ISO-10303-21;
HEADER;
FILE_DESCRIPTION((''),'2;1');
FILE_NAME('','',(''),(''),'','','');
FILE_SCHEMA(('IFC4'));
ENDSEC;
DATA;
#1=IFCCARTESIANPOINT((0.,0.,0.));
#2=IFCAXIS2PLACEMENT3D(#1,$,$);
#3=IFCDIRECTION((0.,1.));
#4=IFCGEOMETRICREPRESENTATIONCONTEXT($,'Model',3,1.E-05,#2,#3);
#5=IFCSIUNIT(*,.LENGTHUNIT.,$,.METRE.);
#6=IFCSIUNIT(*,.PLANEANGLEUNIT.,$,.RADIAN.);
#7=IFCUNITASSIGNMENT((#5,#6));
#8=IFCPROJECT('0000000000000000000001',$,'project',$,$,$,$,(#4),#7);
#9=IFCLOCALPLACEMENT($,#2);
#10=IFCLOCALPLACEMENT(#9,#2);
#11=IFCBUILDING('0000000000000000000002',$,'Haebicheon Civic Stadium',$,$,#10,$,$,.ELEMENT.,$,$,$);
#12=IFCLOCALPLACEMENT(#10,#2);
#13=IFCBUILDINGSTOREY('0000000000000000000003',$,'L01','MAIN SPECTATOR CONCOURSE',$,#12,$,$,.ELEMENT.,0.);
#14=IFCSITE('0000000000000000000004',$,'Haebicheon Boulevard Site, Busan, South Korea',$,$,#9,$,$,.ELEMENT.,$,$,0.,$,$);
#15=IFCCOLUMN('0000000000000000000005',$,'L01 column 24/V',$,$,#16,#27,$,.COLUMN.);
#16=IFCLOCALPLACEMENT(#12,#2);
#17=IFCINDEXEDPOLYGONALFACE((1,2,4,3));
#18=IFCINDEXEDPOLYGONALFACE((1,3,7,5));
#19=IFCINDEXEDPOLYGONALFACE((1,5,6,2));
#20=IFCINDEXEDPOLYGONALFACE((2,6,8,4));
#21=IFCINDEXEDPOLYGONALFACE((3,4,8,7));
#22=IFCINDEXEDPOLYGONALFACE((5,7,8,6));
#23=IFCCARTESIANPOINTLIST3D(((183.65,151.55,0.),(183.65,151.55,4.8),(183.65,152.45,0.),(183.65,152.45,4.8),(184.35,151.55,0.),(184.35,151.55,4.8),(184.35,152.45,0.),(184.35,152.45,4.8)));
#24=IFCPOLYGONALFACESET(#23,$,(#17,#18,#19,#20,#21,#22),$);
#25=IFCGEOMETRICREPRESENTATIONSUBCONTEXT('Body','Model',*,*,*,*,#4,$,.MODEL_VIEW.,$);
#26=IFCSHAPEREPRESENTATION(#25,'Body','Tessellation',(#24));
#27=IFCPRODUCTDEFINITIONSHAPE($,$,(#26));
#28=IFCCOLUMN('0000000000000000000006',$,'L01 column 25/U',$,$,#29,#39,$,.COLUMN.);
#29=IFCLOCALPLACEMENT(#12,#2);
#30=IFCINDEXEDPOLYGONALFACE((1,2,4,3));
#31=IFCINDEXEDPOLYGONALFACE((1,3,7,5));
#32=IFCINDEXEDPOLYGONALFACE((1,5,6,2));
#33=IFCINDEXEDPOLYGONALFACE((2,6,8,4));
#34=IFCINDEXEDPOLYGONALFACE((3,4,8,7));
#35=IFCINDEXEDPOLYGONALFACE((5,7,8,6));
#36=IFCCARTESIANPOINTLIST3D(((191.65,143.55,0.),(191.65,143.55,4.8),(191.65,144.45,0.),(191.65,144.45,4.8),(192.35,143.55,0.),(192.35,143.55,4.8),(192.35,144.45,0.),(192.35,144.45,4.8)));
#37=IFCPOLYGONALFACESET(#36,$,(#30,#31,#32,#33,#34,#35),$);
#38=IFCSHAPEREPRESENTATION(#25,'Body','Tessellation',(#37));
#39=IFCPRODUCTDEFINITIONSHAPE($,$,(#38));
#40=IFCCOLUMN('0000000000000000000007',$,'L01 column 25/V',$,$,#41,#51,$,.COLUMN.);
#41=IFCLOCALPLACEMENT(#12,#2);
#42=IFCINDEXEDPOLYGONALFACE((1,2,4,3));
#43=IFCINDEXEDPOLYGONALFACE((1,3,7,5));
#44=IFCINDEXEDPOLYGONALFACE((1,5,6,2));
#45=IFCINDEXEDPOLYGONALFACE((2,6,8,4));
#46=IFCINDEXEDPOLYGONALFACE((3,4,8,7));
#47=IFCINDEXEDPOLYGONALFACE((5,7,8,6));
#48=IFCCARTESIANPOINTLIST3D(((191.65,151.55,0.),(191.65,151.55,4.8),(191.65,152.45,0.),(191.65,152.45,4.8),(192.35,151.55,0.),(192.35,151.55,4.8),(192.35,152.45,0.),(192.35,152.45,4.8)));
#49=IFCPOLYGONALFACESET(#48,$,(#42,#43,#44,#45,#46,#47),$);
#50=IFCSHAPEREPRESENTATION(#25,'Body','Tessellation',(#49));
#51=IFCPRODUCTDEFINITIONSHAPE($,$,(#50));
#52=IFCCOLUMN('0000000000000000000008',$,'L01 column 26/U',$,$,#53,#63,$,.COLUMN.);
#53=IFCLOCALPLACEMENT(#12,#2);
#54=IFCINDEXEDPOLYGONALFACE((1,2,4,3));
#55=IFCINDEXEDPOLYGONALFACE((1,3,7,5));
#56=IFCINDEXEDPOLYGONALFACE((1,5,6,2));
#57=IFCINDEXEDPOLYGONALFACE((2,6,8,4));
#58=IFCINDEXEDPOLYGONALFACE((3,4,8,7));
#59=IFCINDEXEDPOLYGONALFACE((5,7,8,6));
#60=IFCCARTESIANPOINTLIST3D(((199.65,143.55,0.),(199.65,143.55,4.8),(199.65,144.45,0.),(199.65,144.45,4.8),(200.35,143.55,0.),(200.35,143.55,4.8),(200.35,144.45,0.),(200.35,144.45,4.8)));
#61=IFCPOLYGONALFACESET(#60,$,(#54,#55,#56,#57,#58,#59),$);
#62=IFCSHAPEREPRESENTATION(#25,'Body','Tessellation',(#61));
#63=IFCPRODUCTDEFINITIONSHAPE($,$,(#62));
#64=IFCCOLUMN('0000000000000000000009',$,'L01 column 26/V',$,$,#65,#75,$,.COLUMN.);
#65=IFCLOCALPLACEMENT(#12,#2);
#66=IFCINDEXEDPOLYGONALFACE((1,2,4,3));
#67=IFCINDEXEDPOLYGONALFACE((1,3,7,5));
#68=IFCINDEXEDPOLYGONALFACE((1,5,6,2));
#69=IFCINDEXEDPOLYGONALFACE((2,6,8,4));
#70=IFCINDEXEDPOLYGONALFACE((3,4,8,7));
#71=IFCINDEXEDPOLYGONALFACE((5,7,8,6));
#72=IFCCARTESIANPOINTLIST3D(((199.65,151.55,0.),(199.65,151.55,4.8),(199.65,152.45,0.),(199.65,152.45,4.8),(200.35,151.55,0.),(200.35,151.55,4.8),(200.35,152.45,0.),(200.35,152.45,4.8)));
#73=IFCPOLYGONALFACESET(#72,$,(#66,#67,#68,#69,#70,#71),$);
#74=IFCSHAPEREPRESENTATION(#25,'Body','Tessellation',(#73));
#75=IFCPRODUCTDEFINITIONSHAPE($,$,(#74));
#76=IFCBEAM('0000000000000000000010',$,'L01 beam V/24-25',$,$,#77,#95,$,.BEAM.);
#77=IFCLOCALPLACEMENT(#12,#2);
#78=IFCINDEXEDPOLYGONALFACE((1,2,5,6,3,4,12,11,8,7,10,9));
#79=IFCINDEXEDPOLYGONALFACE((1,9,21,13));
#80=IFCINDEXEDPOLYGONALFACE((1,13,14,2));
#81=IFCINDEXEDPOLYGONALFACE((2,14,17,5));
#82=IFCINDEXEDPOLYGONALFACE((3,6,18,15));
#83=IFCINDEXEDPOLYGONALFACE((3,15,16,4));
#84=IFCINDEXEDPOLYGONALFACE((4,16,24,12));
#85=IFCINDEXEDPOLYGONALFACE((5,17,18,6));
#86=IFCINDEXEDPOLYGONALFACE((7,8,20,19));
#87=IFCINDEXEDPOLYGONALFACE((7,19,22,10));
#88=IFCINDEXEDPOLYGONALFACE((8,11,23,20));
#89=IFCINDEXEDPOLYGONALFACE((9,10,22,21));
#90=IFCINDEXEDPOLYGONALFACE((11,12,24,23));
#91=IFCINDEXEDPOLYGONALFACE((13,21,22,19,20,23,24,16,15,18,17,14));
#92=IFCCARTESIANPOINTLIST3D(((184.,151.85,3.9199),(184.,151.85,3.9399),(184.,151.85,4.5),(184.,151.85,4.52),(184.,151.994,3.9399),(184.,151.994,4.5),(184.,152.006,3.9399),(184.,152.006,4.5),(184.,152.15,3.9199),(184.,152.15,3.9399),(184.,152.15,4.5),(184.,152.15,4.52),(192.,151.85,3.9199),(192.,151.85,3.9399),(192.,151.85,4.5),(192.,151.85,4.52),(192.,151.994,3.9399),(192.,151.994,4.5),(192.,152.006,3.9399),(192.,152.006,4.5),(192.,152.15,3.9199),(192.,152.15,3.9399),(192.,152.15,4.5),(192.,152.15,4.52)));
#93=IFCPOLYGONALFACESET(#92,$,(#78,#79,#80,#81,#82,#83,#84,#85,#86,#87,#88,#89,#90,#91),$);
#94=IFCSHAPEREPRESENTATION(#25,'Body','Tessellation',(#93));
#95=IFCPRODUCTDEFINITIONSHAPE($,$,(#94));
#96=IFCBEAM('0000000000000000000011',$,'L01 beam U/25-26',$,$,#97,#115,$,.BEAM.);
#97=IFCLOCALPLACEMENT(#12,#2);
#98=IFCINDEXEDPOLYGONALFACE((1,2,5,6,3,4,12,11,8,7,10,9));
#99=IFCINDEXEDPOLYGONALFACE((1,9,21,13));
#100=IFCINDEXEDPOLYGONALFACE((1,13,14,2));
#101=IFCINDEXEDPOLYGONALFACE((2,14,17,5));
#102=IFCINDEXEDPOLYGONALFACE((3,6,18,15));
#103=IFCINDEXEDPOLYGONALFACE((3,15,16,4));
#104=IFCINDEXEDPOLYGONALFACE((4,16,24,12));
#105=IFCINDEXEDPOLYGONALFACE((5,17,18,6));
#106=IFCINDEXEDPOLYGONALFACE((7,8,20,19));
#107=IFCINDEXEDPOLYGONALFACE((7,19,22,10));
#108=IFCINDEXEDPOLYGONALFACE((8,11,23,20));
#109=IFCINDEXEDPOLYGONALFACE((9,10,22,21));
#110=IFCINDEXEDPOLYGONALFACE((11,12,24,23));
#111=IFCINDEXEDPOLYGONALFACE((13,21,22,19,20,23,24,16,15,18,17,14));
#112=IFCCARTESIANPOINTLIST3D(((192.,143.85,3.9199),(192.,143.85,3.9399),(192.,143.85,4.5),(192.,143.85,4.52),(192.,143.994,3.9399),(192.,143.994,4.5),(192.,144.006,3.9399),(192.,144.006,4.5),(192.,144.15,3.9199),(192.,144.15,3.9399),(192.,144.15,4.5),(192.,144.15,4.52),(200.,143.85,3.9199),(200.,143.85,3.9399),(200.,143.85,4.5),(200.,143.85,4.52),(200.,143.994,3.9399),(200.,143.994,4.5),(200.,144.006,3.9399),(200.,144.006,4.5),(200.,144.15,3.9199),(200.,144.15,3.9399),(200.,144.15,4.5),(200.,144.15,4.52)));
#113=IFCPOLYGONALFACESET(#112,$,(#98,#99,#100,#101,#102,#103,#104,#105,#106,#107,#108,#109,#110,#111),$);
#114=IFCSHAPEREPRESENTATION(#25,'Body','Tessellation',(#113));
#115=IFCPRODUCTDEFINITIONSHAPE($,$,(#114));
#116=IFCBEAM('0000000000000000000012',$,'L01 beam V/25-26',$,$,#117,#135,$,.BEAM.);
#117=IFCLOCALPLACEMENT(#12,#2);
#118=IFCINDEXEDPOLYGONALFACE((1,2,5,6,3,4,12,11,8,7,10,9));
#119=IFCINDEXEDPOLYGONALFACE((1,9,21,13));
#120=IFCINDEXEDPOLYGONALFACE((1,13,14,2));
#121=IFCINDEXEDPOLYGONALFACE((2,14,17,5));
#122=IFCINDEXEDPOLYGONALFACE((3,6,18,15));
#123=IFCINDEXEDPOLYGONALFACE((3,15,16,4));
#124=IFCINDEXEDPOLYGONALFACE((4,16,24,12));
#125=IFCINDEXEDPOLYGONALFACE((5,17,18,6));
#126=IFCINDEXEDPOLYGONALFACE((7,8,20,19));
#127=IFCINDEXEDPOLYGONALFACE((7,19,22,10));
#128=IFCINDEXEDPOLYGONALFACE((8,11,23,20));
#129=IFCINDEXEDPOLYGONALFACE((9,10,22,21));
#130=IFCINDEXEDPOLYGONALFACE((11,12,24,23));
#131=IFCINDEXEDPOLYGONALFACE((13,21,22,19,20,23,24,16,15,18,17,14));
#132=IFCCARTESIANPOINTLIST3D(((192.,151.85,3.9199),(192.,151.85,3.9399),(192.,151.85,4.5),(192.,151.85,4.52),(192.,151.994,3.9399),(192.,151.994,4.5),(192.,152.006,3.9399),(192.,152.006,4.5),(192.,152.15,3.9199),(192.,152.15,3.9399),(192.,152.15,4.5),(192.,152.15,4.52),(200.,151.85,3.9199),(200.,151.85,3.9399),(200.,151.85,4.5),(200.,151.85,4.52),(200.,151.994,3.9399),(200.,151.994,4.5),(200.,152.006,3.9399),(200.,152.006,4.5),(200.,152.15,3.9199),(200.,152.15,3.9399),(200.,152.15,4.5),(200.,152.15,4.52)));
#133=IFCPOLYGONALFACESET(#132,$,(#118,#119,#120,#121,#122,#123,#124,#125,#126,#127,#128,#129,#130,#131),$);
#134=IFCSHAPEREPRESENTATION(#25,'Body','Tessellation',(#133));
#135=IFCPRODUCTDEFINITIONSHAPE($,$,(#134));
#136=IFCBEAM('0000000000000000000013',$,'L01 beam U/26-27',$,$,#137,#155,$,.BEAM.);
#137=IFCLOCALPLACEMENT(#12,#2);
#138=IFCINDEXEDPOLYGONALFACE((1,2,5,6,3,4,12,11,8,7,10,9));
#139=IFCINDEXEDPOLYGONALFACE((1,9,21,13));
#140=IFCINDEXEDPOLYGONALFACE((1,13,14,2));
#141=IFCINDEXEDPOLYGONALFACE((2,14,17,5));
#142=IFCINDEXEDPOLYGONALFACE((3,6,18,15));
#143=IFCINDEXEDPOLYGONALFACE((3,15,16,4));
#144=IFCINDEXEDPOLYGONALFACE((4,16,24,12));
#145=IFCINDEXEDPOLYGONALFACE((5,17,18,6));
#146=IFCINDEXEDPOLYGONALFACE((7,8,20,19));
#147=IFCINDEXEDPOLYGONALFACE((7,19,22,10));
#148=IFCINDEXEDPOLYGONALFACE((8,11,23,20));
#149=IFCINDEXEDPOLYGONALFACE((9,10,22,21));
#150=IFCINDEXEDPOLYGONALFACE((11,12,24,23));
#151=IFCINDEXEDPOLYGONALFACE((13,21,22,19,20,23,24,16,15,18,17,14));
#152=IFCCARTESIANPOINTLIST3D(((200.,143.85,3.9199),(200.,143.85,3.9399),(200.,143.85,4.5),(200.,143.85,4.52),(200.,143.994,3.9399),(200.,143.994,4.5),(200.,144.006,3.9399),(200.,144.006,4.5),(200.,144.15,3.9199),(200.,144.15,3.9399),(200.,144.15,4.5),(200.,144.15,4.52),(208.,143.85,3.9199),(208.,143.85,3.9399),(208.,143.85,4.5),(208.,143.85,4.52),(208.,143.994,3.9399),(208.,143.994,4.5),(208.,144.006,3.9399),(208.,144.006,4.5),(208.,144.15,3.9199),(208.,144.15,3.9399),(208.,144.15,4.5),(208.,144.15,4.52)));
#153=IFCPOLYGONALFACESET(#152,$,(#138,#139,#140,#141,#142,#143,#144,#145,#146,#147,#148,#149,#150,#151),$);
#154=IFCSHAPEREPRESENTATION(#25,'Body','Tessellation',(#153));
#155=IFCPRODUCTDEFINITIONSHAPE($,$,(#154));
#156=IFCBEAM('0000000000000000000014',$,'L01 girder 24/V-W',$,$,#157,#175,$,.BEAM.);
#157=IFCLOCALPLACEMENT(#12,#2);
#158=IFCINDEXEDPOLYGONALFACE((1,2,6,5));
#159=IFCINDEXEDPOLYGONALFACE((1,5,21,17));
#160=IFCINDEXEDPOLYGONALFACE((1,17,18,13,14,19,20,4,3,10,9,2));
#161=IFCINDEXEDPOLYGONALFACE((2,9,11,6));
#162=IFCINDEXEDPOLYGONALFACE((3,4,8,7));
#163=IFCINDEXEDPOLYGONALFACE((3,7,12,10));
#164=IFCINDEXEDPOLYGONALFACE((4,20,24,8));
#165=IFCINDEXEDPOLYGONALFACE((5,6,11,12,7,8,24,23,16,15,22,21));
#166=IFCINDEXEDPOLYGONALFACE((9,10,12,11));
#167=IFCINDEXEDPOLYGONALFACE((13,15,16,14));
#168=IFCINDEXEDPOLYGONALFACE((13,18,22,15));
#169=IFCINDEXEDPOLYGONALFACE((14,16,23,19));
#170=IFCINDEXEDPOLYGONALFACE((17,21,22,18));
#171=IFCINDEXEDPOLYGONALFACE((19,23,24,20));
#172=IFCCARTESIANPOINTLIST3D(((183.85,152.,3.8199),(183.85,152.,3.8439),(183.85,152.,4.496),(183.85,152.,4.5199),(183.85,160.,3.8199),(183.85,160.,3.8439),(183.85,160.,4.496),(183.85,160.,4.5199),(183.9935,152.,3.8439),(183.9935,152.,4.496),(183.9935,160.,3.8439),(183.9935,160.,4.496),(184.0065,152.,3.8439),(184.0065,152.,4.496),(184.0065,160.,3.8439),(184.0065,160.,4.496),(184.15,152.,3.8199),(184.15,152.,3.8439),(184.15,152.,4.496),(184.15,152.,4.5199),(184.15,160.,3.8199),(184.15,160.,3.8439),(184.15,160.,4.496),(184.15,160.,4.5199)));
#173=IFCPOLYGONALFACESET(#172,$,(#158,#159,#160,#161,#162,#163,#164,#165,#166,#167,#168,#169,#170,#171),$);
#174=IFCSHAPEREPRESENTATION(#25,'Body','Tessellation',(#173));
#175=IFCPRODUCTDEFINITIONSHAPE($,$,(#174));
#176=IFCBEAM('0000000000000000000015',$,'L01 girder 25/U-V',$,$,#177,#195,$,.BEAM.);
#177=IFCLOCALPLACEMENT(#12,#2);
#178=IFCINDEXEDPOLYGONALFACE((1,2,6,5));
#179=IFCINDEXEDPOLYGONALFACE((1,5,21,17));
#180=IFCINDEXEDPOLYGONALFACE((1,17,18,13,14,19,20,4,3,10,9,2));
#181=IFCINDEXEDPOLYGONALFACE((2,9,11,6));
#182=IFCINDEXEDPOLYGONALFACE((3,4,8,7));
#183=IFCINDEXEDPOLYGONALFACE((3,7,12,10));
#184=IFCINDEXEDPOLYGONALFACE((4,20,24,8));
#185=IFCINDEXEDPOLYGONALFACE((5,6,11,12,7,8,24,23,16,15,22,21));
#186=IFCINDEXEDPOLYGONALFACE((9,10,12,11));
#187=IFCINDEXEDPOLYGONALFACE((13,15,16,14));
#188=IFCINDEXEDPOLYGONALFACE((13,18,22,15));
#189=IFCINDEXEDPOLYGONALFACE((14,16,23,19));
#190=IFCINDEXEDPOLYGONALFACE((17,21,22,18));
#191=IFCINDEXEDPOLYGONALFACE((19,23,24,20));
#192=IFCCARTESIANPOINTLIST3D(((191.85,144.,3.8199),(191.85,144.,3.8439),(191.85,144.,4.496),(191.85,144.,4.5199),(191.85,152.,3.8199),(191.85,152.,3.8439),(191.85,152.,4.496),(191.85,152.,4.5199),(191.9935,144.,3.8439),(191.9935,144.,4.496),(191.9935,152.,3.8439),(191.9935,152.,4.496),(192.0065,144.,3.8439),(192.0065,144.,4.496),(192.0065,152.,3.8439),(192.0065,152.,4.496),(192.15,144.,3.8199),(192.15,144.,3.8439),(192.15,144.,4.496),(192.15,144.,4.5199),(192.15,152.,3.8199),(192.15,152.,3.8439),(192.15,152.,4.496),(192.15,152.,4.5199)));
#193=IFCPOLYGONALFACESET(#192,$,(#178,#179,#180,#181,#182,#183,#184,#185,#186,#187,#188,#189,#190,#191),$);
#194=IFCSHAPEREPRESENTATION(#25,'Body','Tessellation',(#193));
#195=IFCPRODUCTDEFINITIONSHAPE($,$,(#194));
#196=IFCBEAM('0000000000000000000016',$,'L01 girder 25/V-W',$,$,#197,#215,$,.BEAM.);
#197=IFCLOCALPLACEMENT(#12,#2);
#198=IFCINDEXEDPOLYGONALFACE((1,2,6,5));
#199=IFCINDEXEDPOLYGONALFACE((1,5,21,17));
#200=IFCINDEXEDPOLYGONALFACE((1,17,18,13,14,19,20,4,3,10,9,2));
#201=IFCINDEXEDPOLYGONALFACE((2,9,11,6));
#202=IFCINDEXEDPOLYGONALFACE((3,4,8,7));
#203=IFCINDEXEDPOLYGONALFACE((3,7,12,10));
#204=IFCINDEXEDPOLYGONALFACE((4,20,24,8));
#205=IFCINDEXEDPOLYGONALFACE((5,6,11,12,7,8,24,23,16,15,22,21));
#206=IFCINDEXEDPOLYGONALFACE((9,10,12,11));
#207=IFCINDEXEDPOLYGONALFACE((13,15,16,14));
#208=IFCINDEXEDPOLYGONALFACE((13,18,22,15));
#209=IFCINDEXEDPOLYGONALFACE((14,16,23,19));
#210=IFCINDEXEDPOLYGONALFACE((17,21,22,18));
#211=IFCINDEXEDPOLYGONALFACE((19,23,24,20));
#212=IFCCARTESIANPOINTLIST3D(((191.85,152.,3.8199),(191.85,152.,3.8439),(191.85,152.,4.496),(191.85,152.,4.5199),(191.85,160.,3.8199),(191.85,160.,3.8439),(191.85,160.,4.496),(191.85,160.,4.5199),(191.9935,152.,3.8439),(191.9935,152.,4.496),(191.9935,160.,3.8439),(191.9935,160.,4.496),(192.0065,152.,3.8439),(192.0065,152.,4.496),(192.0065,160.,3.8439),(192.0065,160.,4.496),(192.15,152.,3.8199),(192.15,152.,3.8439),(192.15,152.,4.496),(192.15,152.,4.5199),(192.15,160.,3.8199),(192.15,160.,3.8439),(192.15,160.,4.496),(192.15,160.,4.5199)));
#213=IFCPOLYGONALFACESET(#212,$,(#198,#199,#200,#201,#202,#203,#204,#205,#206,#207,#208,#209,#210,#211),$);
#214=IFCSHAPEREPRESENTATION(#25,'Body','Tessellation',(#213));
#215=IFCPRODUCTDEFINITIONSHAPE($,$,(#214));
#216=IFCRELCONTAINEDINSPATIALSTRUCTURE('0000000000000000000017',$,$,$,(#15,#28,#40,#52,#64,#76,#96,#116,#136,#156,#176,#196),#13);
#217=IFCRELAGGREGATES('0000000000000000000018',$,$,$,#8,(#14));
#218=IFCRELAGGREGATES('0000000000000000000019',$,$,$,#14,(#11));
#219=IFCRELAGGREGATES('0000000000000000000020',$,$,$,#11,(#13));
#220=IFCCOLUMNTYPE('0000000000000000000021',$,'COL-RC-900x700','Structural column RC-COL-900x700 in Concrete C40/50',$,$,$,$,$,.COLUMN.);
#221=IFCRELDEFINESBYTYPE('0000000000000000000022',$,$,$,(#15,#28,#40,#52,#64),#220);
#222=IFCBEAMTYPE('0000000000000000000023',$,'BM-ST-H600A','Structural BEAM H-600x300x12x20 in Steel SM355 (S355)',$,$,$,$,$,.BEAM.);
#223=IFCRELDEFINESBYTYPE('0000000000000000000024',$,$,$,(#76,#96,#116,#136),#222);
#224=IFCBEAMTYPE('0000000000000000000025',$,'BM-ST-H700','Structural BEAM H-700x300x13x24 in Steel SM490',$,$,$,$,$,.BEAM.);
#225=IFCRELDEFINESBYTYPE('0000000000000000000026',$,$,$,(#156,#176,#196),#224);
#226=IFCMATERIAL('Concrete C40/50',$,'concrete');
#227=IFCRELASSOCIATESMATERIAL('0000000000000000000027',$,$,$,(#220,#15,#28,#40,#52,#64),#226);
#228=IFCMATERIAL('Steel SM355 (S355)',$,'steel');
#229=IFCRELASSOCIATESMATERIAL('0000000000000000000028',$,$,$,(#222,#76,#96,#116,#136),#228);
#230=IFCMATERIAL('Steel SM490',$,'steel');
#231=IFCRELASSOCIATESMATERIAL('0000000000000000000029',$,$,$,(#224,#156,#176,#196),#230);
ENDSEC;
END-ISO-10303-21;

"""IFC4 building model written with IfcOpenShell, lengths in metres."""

from ifc_helpers import new_model, si_unit, direction, frame, origin, origin_2d, place, context, subcontext, project, spatial, rectangle, i_section, extrude, material, material_profile, profile_set, type_object, element, save


model = new_model("IFC4")

# Units and contexts
model_context = context("Model", 3, precision=1e-05, world=origin(), true_north=direction((0.0, 1.0)))
body_context = subcontext(model_context, "Body", "Model", "MODEL_VIEW")
ifc_project = project(units=[si_unit("LENGTHUNIT", "METRE"), si_unit("PLANEANGLEUNIT", "RADIAN")], contexts=[model_context])

# Site, building, storey
site_placement = place(None, origin())
site = spatial("IfcSite", under=ifc_project, at=site_placement, Name="Haebicheon Boulevard Site, Busan, South Korea", CompositionType="ELEMENT", RefElevation=0.0)
building_placement = place(site_placement, origin())
building = spatial("IfcBuilding", under=site, at=building_placement, Name="Haebicheon Civic Stadium", CompositionType="ELEMENT")
storey_placement = place(building_placement, origin())
storey = spatial("IfcBuildingStorey", under=building, at=storey_placement, Name="L01", Description="MAIN SPECTATOR CONCOURSE", CompositionType="ELEMENT", Elevation=0.0)

# Columns
ifc_material_1 = material(Name="Concrete C40/50", Category="concrete")
ifc_material_profile_1 = material_profile(ifc_material_1, rectangle(XDim=0.7, YDim=0.8999, at=origin_2d()), Name="RC-COL-900x700")
ifc_profile_set_1 = profile_set([ifc_material_profile_1], Name="Concrete C40/50")
column_type = type_object("IfcColumnType", Name="COL-RC-900x700", Description="Structural column RC-COL-900x700 in Concrete C40/50", PredefinedType="COLUMN", material=ifc_profile_set_1)
for number, where, z_axis, x_axis, name in (
    (1, (184.0, 152.0, 0.0), (0.0, 0.0, 1.0), (1.0, 0.0, 0.0), "L01 column 24/V"),
    (2, (192.0, 144.0, 0.0), (0.0, 0.0, 1.0), (1.0, 0.0, 0.0), "L01 column 25/U"),
    (3, (192.0, 152.0, 0.0), (0.0, 0.0, 1.0), (1.0, 0.0, 0.0), "L01 column 25/V"),
    (4, (200.0, 144.0, 0.0), (0.0, 0.0, 1.0), (1.0, 0.0, 0.0), "L01 column 26/U"),
    (5, (200.0, 152.0, 0.0), (0.0, 0.0, 1.0), (1.0, 0.0, 0.0), "L01 column 26/V"),
):
    element("IfcColumn", number, at=place(storey_placement, frame(where, z_axis=z_axis, x_axis=x_axis)), inside=storey, type_object=column_type, material=ifc_profile_set_1, Name=name, PredefinedType="COLUMN", context=body_context, shape_type="SweptSolid", body=[
        extrude(rectangle(XDim=0.7, YDim=0.8999, at=origin_2d()), origin(), (0.0, 0.0, 1.0), 4.8),
    ])

# Beams
ifc_material_2 = material(Name="Steel SM355 (S355)", Category="steel")
ifc_material_profile_2 = material_profile(ifc_material_2, i_section(OverallWidth=0.3, OverallDepth=0.6001, WebThickness=0.012, FlangeThickness=0.02, at=origin_2d()), Name="H-600x300x12x20")
ifc_profile_set_2 = profile_set([ifc_material_profile_2], Name="Steel SM355 (S355)")
beam_type_1 = type_object("IfcBeamType", Name="BM-ST-H600A", Description="Structural BEAM H-600x300x12x20 in Steel SM355 (S355)", PredefinedType="BEAM", material=ifc_profile_set_2)
for number, where, z_axis, x_axis, name in (
    (6, (184.0, 152.0, 4.22), (1.0, 0.0, 0.0), (0.0, 1.0, 0.0), "L01 beam V/24-25"),
    (7, (192.0, 144.0, 4.22), (1.0, 0.0, 0.0), (0.0, 1.0, 0.0), "L01 beam U/25-26"),
    (8, (192.0, 152.0, 4.22), (1.0, 0.0, 0.0), (0.0, 1.0, 0.0), "L01 beam V/25-26"),
    (9, (200.0, 144.0, 4.22), (1.0, 0.0, 0.0), (0.0, 1.0, 0.0), "L01 beam U/26-27"),
):
    element("IfcBeam", number, at=place(storey_placement, frame(where, z_axis=z_axis, x_axis=x_axis)), inside=storey, type_object=beam_type_1, material=ifc_profile_set_2, Name=name, PredefinedType="BEAM", context=body_context, shape_type="SweptSolid", body=[
        extrude(i_section(OverallWidth=0.3, OverallDepth=0.6001, WebThickness=0.012, FlangeThickness=0.02, at=origin_2d()), origin(), (0.0, 0.0, 1.0), 8.0),
    ])
ifc_material_3 = material(Name="Steel SM490", Category="steel")
ifc_material_profile_3 = material_profile(ifc_material_3, i_section(OverallWidth=0.3, OverallDepth=0.7, WebThickness=0.0129, FlangeThickness=0.0239, at=origin_2d()), Name="H-700x300x13x24")
ifc_profile_set_3 = profile_set([ifc_material_profile_3], Name="Steel SM490")
beam_type_2 = type_object("IfcBeamType", Name="BM-ST-H700", Description="Structural BEAM H-700x300x13x24 in Steel SM490", PredefinedType="BEAM", material=ifc_profile_set_3)
for number, where, z_axis, x_axis, name in (
    (10, (184.0, 152.0, 4.1699), (0.0, 1.0, 0.0), (-1.0, 0.0, 0.0), "L01 girder 24/V-W"),
    (11, (192.0, 144.0, 4.1699), (0.0, 1.0, 0.0), (-1.0, 0.0, 0.0), "L01 girder 25/U-V"),
    (12, (192.0, 152.0, 4.1699), (0.0, 1.0, 0.0), (-1.0, 0.0, 0.0), "L01 girder 25/V-W"),
):
    element("IfcBeam", number, at=place(storey_placement, frame(where, z_axis=z_axis, x_axis=x_axis)), inside=storey, type_object=beam_type_2, material=ifc_profile_set_3, Name=name, PredefinedType="BEAM", context=body_context, shape_type="SweptSolid", body=[
        extrude(i_section(OverallWidth=0.3, OverallDepth=0.7, WebThickness=0.0129, FlangeThickness=0.0239, at=origin_2d()), origin(), (0.0, 0.0, 1.0), 8.0),
    ])

save(model, "model.ifc")
